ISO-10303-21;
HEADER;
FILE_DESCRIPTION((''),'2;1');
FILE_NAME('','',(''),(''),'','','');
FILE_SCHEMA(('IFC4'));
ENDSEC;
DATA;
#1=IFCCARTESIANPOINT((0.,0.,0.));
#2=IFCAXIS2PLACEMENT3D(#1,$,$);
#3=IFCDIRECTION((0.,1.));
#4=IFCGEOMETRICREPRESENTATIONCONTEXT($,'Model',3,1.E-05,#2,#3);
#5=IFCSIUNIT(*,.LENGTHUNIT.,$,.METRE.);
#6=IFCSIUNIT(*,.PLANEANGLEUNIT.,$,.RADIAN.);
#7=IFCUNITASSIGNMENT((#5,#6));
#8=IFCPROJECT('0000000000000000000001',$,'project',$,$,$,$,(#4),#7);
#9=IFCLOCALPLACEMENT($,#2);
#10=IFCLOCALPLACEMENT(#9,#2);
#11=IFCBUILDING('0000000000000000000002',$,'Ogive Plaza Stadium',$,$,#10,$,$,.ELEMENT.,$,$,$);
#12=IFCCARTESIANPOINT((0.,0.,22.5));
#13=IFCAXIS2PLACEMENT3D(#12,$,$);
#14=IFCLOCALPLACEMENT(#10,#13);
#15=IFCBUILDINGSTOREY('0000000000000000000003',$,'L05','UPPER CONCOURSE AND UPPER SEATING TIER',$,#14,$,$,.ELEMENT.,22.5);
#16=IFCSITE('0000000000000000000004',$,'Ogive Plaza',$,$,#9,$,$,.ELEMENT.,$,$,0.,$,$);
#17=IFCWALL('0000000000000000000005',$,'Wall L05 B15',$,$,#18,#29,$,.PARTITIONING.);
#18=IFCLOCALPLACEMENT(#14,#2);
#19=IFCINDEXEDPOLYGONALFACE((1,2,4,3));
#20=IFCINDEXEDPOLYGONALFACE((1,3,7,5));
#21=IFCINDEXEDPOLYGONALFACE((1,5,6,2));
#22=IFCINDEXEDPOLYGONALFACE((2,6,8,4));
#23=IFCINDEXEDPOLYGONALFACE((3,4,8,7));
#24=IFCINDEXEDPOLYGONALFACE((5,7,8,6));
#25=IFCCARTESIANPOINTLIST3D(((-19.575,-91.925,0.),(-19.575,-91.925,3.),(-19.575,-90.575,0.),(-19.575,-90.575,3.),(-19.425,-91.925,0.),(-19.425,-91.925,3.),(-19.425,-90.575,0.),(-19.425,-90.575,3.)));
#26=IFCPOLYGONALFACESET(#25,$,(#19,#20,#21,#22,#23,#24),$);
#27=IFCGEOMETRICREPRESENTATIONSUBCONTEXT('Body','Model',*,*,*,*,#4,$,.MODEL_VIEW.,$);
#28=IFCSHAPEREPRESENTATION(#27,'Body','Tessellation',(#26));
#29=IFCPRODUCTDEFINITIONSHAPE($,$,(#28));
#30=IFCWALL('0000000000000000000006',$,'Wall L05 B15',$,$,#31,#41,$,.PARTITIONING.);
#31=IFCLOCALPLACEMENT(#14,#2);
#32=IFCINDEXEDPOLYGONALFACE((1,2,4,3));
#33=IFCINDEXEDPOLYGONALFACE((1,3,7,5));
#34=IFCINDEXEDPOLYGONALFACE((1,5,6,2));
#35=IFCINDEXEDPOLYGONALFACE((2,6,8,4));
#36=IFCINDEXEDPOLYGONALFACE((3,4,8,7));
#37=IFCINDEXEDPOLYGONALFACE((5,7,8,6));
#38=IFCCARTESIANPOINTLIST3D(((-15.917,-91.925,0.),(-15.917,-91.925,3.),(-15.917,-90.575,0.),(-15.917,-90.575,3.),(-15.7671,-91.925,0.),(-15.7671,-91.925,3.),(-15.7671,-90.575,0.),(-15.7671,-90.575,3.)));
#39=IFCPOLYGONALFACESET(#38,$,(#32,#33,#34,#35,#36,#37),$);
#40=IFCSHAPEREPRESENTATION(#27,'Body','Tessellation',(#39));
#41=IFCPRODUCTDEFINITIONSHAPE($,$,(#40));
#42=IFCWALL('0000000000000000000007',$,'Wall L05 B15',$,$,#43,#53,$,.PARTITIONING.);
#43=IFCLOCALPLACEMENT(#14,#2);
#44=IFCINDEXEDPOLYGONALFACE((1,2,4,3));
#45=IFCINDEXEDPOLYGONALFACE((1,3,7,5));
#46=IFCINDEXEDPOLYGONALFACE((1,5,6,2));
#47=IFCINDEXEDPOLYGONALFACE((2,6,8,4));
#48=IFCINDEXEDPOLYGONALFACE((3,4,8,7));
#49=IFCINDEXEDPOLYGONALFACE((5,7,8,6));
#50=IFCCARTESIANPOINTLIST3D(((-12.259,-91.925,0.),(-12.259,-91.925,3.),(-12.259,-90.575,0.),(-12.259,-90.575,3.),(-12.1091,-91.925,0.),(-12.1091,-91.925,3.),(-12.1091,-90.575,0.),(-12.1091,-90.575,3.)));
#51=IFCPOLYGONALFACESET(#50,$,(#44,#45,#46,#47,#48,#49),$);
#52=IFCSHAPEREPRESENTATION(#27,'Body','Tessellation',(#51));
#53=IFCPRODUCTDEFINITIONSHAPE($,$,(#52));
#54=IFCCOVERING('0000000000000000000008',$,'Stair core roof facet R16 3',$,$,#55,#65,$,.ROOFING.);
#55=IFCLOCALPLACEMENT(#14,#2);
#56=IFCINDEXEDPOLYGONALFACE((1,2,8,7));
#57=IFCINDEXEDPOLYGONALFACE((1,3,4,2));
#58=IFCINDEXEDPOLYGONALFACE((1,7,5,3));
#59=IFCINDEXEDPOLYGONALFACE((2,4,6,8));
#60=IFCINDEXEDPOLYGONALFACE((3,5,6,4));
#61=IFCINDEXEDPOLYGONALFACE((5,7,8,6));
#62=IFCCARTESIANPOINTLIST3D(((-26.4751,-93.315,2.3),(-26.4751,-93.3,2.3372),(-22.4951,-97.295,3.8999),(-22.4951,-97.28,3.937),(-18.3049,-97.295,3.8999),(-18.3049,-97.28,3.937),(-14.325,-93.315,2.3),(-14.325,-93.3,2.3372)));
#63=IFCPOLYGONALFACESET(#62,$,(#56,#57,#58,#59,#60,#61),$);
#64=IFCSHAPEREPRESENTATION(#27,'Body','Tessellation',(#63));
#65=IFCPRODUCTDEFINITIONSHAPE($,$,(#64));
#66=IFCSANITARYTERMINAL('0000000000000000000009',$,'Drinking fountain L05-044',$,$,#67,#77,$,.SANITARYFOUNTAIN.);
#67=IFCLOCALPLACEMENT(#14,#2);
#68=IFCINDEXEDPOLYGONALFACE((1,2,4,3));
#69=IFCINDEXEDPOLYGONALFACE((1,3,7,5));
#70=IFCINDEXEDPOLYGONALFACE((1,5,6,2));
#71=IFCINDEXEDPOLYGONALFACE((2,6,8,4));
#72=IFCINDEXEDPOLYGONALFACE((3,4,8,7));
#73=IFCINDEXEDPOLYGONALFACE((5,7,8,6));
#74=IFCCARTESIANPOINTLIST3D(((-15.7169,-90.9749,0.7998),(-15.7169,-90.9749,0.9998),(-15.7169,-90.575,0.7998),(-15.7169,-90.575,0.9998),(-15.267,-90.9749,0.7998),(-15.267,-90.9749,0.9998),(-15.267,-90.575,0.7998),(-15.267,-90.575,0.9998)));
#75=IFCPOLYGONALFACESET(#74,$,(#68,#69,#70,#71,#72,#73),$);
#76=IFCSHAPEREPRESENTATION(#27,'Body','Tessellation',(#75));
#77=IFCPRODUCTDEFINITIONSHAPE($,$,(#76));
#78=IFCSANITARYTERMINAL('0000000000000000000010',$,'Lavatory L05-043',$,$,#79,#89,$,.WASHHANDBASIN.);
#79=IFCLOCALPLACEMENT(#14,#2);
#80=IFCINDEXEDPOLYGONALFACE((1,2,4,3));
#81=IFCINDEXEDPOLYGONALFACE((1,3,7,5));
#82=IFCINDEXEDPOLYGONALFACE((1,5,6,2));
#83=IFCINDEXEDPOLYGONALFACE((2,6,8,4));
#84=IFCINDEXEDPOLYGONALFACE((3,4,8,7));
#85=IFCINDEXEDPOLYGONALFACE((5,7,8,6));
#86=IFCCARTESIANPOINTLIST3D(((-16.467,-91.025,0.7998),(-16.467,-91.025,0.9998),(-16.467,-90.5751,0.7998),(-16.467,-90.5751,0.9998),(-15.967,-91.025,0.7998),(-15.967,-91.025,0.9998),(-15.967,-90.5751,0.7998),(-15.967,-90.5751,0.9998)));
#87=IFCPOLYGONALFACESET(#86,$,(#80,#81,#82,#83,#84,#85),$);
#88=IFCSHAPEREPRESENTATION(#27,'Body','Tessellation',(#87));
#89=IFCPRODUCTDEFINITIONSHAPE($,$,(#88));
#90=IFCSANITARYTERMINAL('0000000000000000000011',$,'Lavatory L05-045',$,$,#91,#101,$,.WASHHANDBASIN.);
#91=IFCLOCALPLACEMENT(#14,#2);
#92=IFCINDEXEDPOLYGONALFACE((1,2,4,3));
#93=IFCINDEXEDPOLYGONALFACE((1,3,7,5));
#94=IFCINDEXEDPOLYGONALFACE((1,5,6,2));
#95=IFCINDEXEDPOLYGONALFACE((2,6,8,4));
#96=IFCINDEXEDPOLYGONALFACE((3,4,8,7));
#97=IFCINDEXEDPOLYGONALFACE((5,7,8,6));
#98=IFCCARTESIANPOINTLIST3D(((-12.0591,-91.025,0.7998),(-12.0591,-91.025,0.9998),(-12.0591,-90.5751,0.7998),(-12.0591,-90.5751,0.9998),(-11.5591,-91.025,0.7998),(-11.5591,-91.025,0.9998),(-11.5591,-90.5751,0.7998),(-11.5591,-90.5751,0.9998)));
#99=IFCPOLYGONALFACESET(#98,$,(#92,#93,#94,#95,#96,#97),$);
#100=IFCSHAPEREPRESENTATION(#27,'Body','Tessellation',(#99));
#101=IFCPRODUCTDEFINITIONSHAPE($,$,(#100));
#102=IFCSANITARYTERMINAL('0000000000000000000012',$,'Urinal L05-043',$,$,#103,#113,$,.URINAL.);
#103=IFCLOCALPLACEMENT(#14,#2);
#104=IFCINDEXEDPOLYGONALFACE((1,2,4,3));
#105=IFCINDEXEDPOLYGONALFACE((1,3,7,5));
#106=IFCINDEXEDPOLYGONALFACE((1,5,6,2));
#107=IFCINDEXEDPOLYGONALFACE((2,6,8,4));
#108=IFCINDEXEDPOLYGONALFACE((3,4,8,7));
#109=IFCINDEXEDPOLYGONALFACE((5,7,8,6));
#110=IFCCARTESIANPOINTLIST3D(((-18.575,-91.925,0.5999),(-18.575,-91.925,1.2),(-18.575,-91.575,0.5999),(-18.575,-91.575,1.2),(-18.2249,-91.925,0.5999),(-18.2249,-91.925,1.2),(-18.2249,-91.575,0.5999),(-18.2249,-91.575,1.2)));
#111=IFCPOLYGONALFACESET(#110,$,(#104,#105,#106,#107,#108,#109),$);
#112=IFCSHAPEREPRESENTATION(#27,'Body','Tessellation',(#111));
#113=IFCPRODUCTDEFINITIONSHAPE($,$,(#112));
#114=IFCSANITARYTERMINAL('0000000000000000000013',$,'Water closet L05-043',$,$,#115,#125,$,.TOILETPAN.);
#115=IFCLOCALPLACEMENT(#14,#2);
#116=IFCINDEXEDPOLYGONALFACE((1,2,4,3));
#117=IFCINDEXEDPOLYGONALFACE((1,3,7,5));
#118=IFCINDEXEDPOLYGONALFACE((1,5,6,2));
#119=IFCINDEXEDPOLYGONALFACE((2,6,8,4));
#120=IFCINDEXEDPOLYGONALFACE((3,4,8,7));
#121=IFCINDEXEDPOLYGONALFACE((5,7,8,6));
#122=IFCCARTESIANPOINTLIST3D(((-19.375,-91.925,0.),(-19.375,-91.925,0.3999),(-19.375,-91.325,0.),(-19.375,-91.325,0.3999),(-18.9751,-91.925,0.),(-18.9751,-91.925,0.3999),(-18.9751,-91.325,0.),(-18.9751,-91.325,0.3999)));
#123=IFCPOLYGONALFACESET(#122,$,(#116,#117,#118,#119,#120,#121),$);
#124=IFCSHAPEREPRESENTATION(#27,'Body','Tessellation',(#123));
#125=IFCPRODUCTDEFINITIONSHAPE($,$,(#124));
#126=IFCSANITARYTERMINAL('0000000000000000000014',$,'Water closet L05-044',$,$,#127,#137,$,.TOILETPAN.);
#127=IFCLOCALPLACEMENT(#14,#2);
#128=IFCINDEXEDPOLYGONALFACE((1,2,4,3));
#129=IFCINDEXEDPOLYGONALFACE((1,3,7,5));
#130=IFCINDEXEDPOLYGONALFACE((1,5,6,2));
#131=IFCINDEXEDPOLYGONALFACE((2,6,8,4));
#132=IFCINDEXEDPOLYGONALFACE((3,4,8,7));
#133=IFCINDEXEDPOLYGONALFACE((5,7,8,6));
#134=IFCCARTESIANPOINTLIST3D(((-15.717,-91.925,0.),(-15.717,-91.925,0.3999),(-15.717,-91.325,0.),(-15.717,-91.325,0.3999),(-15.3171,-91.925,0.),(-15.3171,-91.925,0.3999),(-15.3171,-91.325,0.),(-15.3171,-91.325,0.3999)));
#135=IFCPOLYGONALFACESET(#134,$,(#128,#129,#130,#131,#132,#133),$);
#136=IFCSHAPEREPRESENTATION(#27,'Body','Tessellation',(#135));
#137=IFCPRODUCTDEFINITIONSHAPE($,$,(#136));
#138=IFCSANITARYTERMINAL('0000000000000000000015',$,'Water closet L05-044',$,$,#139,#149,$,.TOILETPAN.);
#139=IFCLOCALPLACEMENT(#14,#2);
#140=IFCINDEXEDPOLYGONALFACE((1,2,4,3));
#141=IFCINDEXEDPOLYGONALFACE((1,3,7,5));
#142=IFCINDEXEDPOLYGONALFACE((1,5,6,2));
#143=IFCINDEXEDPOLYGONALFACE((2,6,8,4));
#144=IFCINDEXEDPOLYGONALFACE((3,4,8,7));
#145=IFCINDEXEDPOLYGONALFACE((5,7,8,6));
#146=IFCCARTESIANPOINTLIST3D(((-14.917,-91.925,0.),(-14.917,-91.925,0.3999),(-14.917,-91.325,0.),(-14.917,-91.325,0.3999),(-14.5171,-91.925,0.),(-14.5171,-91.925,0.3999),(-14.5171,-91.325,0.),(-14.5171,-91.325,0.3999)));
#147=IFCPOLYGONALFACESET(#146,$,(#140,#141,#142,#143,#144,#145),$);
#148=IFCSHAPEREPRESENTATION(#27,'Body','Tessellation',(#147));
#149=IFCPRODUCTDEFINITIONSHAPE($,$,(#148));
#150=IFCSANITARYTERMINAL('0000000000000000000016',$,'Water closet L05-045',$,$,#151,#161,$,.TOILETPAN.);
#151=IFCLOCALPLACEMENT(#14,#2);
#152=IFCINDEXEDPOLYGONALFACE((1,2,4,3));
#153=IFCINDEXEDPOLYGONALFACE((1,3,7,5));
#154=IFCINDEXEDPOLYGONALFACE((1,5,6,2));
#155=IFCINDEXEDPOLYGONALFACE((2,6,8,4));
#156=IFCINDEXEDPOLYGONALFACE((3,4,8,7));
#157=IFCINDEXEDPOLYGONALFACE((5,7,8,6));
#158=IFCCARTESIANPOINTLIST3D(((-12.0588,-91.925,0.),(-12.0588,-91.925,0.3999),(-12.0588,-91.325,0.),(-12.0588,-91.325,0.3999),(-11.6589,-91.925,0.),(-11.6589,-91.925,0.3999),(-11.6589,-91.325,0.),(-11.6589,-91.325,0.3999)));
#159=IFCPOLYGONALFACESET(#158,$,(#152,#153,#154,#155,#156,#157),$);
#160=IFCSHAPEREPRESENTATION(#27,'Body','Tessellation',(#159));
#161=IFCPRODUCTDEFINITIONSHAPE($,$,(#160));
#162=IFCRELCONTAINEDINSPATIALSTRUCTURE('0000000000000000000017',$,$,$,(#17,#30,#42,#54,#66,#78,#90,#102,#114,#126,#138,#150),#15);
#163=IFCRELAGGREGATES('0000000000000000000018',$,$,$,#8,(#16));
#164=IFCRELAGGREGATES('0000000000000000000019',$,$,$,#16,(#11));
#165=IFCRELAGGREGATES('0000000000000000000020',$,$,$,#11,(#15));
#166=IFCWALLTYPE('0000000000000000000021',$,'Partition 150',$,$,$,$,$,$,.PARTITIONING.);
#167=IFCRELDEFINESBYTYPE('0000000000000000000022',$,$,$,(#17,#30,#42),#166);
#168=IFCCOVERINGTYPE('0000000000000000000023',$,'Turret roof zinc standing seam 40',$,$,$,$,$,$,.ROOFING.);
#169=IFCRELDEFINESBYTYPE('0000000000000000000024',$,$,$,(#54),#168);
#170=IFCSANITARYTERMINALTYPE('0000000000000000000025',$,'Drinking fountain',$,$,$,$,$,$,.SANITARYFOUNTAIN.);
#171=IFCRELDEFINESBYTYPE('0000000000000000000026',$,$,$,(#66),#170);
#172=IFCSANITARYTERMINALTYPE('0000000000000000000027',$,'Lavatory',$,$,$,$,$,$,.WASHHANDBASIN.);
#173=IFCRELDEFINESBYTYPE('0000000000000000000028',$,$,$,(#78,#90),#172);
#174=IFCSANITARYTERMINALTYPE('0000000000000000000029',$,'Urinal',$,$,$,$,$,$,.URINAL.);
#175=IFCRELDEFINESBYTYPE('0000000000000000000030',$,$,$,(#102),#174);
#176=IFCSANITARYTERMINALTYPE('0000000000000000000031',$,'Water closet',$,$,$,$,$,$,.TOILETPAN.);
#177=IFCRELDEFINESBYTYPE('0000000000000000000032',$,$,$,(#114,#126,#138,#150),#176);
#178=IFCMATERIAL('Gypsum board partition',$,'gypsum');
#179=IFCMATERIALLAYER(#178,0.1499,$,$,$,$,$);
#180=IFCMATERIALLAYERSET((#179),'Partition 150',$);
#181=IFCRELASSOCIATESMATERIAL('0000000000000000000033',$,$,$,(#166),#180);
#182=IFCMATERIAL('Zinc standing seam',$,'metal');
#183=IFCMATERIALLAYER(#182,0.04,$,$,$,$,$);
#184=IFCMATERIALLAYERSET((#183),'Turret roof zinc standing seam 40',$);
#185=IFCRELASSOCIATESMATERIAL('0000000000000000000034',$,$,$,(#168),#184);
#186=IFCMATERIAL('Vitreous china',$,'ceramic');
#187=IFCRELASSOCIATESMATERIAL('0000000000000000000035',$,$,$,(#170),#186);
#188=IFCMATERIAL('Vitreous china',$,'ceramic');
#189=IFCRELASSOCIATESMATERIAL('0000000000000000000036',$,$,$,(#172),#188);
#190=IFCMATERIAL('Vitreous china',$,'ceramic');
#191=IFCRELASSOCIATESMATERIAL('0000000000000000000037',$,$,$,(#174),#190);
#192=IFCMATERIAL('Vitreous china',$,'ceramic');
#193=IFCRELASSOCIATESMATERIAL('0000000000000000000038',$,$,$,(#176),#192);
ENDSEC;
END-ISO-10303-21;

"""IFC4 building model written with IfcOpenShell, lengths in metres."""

from ifc_helpers import new_model, si_unit, direction, frame, frame_2d, origin, origin_2d, place, context, subcontext, project, spatial, polyline, rectangle, outline, extrude, material, layer, layer_set, type_object, element, save


model = new_model("IFC4")

# Units and contexts
model_context = context("Model", 3, precision=1e-05, world=origin(), true_north=direction((0.0, 1.0)))
body_context = subcontext(model_context, "Body", "Model", "MODEL_VIEW")
ifc_project = project(units=[si_unit("LENGTHUNIT", "METRE"), si_unit("PLANEANGLEUNIT", "RADIAN")], contexts=[model_context])

# Site, building, storey
site_placement = place(None, origin())
site = spatial("IfcSite", under=ifc_project, at=site_placement, Name="Ogive Plaza", CompositionType="ELEMENT", RefElevation=0.0)
building_placement = place(site_placement, origin())
building = spatial("IfcBuilding", under=site, at=building_placement, Name="Ogive Plaza Stadium", CompositionType="ELEMENT")
storey_placement = place(building_placement, frame((0.0, 0.0, 22.5)))
storey = spatial("IfcBuildingStorey", under=building, at=storey_placement, Name="L05", Description="UPPER CONCOURSE AND UPPER SEATING TIER", CompositionType="ELEMENT", Elevation=22.5)

# Shared definitions
ifc_material_1 = material(Name="Gypsum board partition", Category="gypsum")
ifc_layer_1 = layer(ifc_material_1, 0.1499)
ifc_layer_set_1 = layer_set([ifc_layer_1], Name="Partition 150")
wall_type_1 = type_object("IfcWallType", Name="Partition 150", PredefinedType="PARTITIONING", material=ifc_layer_set_1)

# Walls
for number, where, z_axis, x_axis, name in (
    (1, (-19.5, -90.575, 0.0), (0.0, 0.0, 1.0), (0.0, -1.0, 0.0), "Wall L05 B15"),
    (2, (-15.842, -90.575, 0.0), (0.0, 0.0, 1.0), (0.0, -1.0, 0.0), "Wall L05 B15"),
    (3, (-12.1841, -90.575, 0.0), (0.0, 0.0, 1.0), (0.0, -1.0, 0.0), "Wall L05 B15"),
):
    element("IfcWall", number, at=place(storey_placement, frame(where, z_axis=z_axis, x_axis=x_axis)), inside=storey, type_object=wall_type_1, Name=name, PredefinedType="PARTITIONING", context=body_context, shape_type="SweptSolid", body=[
        extrude(rectangle(XDim=1.3501, YDim=0.1499, at=frame_2d((0.675, 0.0))), origin(), (0.0, 0.0, 1.0), 3.0),
    ])

# Covering
ifc_material_2 = material(Name="Zinc standing seam", Category="metal")
ifc_layer_2 = layer(ifc_material_2, 0.04)
ifc_layer_set_2 = layer_set([ifc_layer_2], Name="Turret roof zinc standing seam 40")
covering_type = type_object("IfcCoveringType", Name="Turret roof zinc standing seam 40", PredefinedType="ROOFING", material=ifc_layer_set_2)
covering_placement = place(storey_placement, frame((-14.325, -93.3, 2.3372), z_axis=(0.0, 0.37297, 0.927843), x_axis=(-1.0, 0.0, 0.0)))
element("IfcCovering", 4, at=covering_placement, inside=storey, type_object=covering_type, Name="Stair core roof facet R16 3", PredefinedType="ROOFING", context=body_context, shape_type="SweptSolid", body=[
    extrude(outline(polyline([(0.0, 0.0), (12.1501, 0.0), (8.1702, 4.2895), (3.98, 4.2895), (0.0, 0.0)])), origin(), (0.0, 0.0, -1.0), 0.04),
])

# Sanitary terminals
ifc_material_3 = material(Name="Vitreous china", Category="ceramic")
sanitary_terminal_type_1 = type_object("IfcSanitaryTerminalType", Name="Drinking fountain", PredefinedType="SANITARYFOUNTAIN", material=ifc_material_3)
sanitary_terminal_1_placement = place(storey_placement, frame((-15.4919, -90.7749, 0.7998), z_axis=(0.0, 0.0, 1.0), x_axis=(1.0, 0.0, 0.0)))
element("IfcSanitaryTerminal", 5, at=sanitary_terminal_1_placement, inside=storey, type_object=sanitary_terminal_type_1, Name="Drinking fountain L05-044", PredefinedType="SANITARYFOUNTAIN", context=body_context, shape_type="SweptSolid", body=[
    extrude(rectangle(XDim=0.45, YDim=0.3999, at=origin_2d()), origin(), (0.0, 0.0, 1.0), 0.2),
])
ifc_material_4 = material(Name="Vitreous china", Category="ceramic")
sanitary_terminal_type_2 = type_object("IfcSanitaryTerminalType", Name="Lavatory", PredefinedType="WASHHANDBASIN", material=ifc_material_4)
for number, where, z_axis, x_axis, name in (
    (6, (-16.217, -90.8, 0.7998), (0.0, 0.0, 1.0), (-1.0, 0.0, 0.0), "Lavatory L05-043"),
    (7, (-11.8091, -90.8, 0.7998), (0.0, 0.0, 1.0), (1.0, 0.0, 0.0), "Lavatory L05-045"),
):
    element("IfcSanitaryTerminal", number, at=place(storey_placement, frame(where, z_axis=z_axis, x_axis=x_axis)), inside=storey, type_object=sanitary_terminal_type_2, Name=name, PredefinedType="WASHHANDBASIN", context=body_context, shape_type="SweptSolid", body=[
        extrude(rectangle(XDim=0.5, YDim=0.45, at=origin_2d()), origin(), (0.0, 0.0, 1.0), 0.2),
    ])
ifc_material_5 = material(Name="Vitreous china", Category="ceramic")
sanitary_terminal_type_3 = type_object("IfcSanitaryTerminalType", Name="Urinal", PredefinedType="URINAL", material=ifc_material_5)
sanitary_terminal_2_placement = place(storey_placement, frame((-18.3999, -91.75, 0.5999), z_axis=(0.0, 0.0, 1.0), x_axis=(1.0, 0.0, 0.0)))
element("IfcSanitaryTerminal", 8, at=sanitary_terminal_2_placement, inside=storey, type_object=sanitary_terminal_type_3, Name="Urinal L05-043", PredefinedType="URINAL", context=body_context, shape_type="SweptSolid", body=[
    extrude(rectangle(XDim=0.3501, YDim=0.3501, at=origin_2d()), origin(), (0.0, 0.0, 1.0), 0.6001),
])
ifc_material_6 = material(Name="Vitreous china", Category="ceramic")
sanitary_terminal_type_4 = type_object("IfcSanitaryTerminalType", Name="Water closet", PredefinedType="TOILETPAN", material=ifc_material_6)
for number, where, z_axis, x_axis, name in (
    (9, (-19.175, -91.625, 0.0), (0.0, 0.0, 1.0), (1.0, 0.0, 0.0), "Water closet L05-043"),
    (10, (-15.5171, -91.625, 0.0), (0.0, 0.0, 1.0), (1.0, 0.0, 0.0), "Water closet L05-044"),
    (11, (-14.717, -91.625, 0.0), (0.0, 0.0, 1.0), (1.0, 0.0, 0.0), "Water closet L05-044"),
    (12, (-11.8589, -91.625, 0.0), (0.0, 0.0, 1.0), (1.0, 0.0, 0.0), "Water closet L05-045"),
):
    element("IfcSanitaryTerminal", number, at=place(storey_placement, frame(where, z_axis=z_axis, x_axis=x_axis)), inside=storey, type_object=sanitary_terminal_type_4, Name=name, PredefinedType="TOILETPAN", context=body_context, shape_type="SweptSolid", body=[
        extrude(rectangle(XDim=0.3999, YDim=0.6001, at=origin_2d()), origin(), (0.0, 0.0, 1.0), 0.3999),
    ])

save(model, "model.ifc")
